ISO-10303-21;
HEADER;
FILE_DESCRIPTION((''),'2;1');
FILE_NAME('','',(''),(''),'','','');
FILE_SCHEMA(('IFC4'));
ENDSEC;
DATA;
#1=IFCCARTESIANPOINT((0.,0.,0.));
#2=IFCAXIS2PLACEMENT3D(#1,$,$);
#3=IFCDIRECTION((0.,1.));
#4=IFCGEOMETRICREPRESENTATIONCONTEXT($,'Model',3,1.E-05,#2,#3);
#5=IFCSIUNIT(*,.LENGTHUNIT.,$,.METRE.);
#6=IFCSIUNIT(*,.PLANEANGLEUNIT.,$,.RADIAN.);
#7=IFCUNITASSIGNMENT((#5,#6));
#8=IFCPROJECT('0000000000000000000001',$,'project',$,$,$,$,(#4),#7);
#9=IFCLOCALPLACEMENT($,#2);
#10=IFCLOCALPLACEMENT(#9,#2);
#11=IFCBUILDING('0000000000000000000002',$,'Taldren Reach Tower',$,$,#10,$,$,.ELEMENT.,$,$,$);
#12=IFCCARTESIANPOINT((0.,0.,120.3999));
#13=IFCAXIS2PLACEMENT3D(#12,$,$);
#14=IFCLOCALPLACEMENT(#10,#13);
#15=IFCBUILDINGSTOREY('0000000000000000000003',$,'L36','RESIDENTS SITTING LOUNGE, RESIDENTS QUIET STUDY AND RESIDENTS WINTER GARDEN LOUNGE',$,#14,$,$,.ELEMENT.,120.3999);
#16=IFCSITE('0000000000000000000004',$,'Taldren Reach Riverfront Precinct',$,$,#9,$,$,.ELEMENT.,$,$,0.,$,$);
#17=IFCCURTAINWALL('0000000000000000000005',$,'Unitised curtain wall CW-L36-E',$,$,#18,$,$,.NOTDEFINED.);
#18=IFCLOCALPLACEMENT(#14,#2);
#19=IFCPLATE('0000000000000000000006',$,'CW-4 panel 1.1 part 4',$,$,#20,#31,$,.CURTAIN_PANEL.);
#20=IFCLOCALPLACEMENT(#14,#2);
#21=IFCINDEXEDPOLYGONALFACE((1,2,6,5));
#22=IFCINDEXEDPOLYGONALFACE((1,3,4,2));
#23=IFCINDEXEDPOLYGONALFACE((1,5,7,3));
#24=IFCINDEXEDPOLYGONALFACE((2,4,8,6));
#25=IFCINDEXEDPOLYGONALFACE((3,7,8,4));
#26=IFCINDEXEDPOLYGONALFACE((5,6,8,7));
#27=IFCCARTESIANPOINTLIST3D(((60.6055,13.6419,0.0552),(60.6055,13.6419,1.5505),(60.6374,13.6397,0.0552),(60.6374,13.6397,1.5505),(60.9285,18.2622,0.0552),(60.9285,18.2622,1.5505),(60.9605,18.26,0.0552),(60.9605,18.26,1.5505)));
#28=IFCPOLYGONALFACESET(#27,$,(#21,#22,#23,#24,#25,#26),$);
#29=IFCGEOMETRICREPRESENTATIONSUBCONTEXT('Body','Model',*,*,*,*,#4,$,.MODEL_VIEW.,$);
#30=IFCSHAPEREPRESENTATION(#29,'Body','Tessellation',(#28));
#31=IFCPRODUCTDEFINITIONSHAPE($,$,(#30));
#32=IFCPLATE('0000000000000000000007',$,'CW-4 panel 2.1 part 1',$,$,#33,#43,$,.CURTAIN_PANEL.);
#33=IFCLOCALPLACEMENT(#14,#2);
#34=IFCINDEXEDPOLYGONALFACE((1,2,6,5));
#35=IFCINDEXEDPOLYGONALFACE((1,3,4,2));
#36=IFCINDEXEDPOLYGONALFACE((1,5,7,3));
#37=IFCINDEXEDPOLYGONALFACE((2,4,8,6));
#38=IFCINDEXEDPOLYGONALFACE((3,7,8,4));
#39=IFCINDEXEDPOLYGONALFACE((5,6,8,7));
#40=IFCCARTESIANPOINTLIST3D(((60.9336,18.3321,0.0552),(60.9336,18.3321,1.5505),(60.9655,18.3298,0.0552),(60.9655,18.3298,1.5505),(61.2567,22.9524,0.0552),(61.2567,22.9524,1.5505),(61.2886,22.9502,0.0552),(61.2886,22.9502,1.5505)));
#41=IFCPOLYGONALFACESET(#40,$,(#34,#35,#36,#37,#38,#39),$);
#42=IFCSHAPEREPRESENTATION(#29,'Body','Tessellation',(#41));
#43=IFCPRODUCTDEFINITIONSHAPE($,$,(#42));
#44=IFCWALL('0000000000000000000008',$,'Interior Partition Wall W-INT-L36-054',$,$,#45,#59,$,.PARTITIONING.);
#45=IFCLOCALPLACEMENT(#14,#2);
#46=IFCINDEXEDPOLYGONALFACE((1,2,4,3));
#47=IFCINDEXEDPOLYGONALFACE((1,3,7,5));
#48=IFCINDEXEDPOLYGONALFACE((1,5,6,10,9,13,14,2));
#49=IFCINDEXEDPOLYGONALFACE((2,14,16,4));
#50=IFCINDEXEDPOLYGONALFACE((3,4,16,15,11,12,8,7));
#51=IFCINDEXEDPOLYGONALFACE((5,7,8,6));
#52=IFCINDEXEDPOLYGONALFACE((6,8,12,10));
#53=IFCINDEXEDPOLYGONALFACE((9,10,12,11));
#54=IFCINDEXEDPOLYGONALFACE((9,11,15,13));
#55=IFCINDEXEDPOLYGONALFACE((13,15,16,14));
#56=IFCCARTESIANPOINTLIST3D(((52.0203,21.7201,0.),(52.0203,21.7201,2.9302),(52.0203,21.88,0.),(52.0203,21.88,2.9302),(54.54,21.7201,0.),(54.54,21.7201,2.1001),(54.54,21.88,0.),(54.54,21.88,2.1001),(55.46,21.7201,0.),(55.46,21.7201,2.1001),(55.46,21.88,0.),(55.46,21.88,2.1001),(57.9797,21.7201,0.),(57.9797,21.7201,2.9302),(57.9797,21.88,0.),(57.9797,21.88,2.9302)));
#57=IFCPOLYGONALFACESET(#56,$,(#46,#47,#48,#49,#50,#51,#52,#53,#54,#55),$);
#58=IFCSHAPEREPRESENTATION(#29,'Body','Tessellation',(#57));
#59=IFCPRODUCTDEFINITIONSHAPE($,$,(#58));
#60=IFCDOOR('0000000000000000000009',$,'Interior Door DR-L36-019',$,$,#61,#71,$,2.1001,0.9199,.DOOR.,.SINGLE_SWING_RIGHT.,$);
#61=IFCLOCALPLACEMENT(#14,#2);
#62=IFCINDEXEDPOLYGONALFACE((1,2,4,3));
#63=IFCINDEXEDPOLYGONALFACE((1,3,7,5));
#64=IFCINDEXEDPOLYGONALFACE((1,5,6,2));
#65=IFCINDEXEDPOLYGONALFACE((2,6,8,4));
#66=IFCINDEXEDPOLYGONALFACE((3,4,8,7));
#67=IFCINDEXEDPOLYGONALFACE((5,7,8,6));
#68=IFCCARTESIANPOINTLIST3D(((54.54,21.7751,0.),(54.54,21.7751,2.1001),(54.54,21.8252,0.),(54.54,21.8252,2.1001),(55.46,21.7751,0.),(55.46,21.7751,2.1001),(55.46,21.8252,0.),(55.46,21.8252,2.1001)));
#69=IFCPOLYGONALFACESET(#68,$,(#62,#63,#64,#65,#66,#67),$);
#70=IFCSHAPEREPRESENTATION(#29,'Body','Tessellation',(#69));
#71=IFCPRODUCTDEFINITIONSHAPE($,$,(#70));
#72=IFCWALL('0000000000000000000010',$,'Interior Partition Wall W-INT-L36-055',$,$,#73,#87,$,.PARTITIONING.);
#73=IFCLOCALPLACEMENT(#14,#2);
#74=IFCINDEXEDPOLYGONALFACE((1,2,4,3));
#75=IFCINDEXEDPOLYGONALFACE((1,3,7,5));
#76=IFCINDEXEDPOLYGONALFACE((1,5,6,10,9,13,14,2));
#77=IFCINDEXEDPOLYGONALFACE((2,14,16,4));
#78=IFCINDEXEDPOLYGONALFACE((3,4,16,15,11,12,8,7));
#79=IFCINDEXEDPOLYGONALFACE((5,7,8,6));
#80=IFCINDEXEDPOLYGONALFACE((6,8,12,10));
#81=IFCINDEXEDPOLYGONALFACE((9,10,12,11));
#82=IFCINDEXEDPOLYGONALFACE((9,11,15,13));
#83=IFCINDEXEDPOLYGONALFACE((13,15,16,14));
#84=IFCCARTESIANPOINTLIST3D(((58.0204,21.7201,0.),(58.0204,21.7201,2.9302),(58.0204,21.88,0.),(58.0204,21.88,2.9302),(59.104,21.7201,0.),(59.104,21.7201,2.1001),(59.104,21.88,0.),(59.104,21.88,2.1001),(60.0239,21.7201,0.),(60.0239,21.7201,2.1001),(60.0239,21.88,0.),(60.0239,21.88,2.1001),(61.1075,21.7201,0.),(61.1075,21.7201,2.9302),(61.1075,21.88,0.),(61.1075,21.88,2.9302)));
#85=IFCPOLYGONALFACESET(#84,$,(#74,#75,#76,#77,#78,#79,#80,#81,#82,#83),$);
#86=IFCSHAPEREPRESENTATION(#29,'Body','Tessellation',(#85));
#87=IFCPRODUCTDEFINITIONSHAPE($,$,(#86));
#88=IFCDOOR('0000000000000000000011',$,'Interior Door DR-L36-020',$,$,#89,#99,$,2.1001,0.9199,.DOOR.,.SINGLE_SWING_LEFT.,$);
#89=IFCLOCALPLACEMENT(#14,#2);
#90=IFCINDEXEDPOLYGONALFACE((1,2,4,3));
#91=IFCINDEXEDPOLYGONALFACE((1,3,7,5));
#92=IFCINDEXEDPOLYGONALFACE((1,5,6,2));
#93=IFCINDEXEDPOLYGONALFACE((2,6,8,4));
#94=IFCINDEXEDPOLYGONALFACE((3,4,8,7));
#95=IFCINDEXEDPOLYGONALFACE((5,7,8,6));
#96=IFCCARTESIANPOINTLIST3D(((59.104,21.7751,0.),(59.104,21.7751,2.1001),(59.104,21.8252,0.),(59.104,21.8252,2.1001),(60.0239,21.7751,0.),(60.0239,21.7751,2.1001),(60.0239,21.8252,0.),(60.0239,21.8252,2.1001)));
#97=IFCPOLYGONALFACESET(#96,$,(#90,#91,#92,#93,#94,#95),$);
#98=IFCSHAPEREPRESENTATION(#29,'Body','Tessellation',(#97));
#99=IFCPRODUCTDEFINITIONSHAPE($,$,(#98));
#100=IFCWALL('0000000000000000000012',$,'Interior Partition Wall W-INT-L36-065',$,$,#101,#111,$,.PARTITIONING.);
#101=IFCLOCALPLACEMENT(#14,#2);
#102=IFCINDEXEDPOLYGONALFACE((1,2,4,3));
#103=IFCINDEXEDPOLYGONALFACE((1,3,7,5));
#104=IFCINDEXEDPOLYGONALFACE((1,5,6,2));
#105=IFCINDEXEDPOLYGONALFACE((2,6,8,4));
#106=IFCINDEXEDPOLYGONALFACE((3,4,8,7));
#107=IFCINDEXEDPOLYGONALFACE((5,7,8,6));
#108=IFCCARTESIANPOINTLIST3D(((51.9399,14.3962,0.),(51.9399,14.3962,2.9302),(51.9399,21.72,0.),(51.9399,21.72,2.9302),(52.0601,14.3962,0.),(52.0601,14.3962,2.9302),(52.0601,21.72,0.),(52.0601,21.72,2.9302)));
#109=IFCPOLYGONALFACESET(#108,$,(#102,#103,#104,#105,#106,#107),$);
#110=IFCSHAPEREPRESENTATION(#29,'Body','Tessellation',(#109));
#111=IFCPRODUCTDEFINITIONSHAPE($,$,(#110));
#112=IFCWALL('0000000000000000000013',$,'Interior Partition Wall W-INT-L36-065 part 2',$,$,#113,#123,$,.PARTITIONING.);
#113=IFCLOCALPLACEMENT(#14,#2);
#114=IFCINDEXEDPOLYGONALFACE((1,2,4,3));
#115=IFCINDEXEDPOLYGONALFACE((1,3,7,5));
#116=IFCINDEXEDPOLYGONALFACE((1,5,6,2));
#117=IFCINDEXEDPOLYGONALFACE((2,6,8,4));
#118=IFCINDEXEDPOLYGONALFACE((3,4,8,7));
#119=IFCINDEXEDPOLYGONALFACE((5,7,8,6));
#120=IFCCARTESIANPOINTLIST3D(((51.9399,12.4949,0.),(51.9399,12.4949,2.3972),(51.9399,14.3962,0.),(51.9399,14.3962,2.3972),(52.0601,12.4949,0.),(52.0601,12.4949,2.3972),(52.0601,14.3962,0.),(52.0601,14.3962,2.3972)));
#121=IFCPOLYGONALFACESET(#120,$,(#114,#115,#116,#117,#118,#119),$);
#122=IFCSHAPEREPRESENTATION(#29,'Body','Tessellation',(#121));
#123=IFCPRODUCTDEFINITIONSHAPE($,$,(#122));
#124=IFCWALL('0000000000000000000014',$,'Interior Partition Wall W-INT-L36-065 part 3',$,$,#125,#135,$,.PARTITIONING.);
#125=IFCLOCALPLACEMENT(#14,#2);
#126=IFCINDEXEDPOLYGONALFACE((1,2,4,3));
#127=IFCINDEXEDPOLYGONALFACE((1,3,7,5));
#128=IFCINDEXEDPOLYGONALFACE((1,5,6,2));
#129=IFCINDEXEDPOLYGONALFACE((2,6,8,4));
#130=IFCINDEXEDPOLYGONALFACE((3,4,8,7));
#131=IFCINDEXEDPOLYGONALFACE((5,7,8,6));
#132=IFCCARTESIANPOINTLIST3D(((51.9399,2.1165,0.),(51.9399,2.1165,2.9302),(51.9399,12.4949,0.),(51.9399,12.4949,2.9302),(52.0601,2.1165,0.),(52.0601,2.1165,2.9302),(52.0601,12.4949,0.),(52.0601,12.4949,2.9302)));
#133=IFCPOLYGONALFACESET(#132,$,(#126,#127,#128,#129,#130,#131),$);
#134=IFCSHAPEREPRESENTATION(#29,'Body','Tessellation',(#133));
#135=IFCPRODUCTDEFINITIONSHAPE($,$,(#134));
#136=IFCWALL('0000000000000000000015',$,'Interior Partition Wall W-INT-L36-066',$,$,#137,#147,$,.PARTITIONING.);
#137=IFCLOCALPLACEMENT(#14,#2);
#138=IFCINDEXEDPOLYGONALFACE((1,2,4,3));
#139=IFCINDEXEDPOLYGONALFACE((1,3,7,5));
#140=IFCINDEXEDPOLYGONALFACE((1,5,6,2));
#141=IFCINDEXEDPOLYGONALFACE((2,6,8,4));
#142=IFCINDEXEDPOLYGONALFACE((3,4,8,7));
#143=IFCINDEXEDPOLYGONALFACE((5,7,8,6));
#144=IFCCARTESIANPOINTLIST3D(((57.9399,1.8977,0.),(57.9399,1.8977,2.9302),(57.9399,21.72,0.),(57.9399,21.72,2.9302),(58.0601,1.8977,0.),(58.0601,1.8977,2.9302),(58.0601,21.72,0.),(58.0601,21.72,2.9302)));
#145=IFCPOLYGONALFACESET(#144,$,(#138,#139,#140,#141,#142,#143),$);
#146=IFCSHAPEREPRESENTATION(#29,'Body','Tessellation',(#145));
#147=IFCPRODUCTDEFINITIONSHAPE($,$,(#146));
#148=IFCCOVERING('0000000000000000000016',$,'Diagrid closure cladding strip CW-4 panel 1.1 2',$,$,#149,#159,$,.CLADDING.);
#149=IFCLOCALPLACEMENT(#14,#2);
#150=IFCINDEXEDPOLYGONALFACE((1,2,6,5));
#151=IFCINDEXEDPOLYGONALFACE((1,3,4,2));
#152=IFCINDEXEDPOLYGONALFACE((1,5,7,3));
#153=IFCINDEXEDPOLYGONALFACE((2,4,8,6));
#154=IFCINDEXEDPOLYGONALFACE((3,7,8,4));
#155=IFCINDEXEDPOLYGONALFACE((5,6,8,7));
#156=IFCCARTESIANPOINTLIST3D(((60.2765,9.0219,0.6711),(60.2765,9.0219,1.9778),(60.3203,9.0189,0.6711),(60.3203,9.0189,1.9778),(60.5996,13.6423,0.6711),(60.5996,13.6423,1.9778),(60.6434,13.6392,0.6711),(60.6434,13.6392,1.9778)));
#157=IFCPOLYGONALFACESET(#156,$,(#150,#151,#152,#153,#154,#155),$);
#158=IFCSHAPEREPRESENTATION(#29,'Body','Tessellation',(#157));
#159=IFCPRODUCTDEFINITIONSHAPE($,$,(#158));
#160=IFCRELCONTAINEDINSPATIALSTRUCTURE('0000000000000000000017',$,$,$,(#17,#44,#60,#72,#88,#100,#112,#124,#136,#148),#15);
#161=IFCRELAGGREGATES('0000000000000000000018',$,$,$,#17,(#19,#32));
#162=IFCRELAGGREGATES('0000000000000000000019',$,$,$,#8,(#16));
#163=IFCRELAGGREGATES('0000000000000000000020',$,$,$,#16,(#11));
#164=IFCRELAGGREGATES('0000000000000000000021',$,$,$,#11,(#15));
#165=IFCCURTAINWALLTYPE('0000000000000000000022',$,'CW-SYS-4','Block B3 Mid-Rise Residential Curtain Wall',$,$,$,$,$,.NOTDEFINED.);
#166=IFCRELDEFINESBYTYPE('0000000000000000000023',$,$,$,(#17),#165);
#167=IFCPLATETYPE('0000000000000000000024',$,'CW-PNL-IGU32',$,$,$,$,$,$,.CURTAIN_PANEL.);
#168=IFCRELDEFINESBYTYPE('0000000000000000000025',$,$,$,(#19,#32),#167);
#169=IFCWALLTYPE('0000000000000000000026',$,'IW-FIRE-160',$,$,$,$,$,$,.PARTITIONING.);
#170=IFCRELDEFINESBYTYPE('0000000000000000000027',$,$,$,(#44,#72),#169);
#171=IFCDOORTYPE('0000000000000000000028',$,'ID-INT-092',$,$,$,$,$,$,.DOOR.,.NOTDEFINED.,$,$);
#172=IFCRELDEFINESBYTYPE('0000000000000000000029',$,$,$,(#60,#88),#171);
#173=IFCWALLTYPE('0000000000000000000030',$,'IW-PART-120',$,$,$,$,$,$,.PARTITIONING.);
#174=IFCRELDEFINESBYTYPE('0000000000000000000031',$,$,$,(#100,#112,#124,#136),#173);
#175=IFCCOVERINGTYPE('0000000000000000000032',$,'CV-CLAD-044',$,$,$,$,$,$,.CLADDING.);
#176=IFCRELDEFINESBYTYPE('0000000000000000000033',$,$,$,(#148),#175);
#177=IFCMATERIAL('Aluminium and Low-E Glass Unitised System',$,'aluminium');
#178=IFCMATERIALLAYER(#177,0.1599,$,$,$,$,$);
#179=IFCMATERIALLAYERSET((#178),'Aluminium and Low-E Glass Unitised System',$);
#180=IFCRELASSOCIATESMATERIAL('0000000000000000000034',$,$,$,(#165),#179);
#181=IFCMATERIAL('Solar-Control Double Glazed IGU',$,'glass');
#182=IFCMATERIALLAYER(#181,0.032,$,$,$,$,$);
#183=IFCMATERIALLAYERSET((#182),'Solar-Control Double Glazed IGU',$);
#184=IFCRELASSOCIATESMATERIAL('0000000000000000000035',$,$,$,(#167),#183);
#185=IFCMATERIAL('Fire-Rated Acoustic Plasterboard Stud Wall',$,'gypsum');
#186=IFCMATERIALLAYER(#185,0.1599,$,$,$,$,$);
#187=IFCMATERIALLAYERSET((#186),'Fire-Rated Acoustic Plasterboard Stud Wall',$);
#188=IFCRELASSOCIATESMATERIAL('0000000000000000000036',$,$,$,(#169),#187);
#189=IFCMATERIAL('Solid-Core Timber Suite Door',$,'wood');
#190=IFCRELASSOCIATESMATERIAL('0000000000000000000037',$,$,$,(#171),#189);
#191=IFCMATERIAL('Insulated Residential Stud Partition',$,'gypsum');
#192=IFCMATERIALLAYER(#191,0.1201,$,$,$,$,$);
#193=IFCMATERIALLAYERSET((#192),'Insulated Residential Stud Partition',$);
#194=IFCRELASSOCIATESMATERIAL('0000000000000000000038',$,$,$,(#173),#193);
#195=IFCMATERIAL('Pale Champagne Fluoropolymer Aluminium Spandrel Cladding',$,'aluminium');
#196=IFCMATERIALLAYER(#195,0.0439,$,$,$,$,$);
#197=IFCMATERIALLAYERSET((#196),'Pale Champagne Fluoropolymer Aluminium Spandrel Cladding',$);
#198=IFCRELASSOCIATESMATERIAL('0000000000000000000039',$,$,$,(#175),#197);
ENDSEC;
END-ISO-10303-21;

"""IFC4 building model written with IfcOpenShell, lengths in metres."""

from ifc_helpers import new_model, si_unit, direction, frame, frame_2d, origin, origin_2d, place, context, subcontext, project, spatial, rectangle, extrude, source, transform, mapped, material, layer, layer_set, type_object, element, fill, aggregate, save


model = new_model("IFC4")

# Units and contexts
model_context = context("Model", 3, precision=1e-05, world=origin(), true_north=direction((0.0, 1.0)))
body_context = subcontext(model_context, "Body", "Model", "MODEL_VIEW")
ifc_project = project(units=[si_unit("LENGTHUNIT", "METRE"), si_unit("PLANEANGLEUNIT", "RADIAN")], contexts=[model_context])

# Site, building, storey
site_placement = place(None, origin())
site = spatial("IfcSite", under=ifc_project, at=site_placement, Name="Taldren Reach Riverfront Precinct", CompositionType="ELEMENT", RefElevation=0.0)
building_placement = place(site_placement, origin())
building = spatial("IfcBuilding", under=site, at=building_placement, Name="Taldren Reach Tower", CompositionType="ELEMENT")
storey_placement = place(building_placement, frame((0.0, 0.0, 120.3999)))
storey = spatial("IfcBuildingStorey", under=building, at=storey_placement, Name="L36", Description="RESIDENTS SITTING LOUNGE, RESIDENTS QUIET STUDY AND RESIDENTS WINTER GARDEN LOUNGE", CompositionType="ELEMENT", Elevation=120.3999)

# Curtain wall
ifc_material_1 = material(Name="Aluminium and Low-E Glass Unitised System", Category="aluminium")
ifc_layer_1 = layer(ifc_material_1, 0.1599)
ifc_layer_set_1 = layer_set([ifc_layer_1], Name="Aluminium and Low-E Glass Unitised System")
curtain_wall_type = type_object("IfcCurtainWallType", Name="CW-SYS-4", Description="Block B3 Mid-Rise Residential Curtain Wall", PredefinedType="NOTDEFINED", material=ifc_layer_set_1)
curtain_wall_placement = place(storey_placement, origin())
curtain_wall = element("IfcCurtainWall", 1, at=curtain_wall_placement, inside=storey, type_object=curtain_wall_type, Name="Unitised curtain wall CW-L36-E", PredefinedType="NOTDEFINED")

# Plates
ifc_material_2 = material(Name="Solar-Control Double Glazed IGU", Category="glass")
ifc_layer_2 = layer(ifc_material_2, 0.032)
ifc_layer_set_2 = layer_set([ifc_layer_2], Name="Solar-Control Double Glazed IGU")
plate_type_1 = type_object("IfcPlateType", Name="CW-PNL-IGU32", PredefinedType="CURTAIN_PANEL", material=ifc_layer_set_2)
shared_shape_1 = source(origin(), body_context, "Body", "SweptSolid", [
    extrude(rectangle(XDim=4.6316, YDim=0.032, at=origin_2d()), origin(), (0.0, 0.0, 1.0), 1.4954),
])
plate_1_placement = place(storey_placement, frame((60.783, 15.9509, 0.0552), z_axis=(0.0, 0.0, 1.0), x_axis=(0.069756, 0.997564, 0.0)))
plate_1 = element("IfcPlate", 2, at=plate_1_placement, type_object=plate_type_1, Name="CW-4 panel 1.1 part 4", PredefinedType="CURTAIN_PANEL", context=body_context, shape_type="MappedRepresentation", body=[
    mapped(shared_shape_1, transform((0.0, 0.0, 0.0), scale=1.0)),
])
plate_2_placement = place(storey_placement, frame((61.1111, 20.6411, 0.0552), z_axis=(0.0, 0.0, 1.0), x_axis=(0.069756, 0.997564, 0.0)))
plate_2 = element("IfcPlate", 3, at=plate_2_placement, type_object=plate_type_1, Name="CW-4 panel 2.1 part 1", PredefinedType="CURTAIN_PANEL", context=body_context, shape_type="MappedRepresentation", body=[
    mapped(shared_shape_1, transform((0.0, 0.0, 0.0), scale=1.0)),
])
aggregate(curtain_wall, [plate_1, plate_2])

# Walls, openings, doors
ifc_material_3 = material(Name="Fire-Rated Acoustic Plasterboard Stud Wall", Category="gypsum")
ifc_layer_3 = layer(ifc_material_3, 0.1599)
ifc_layer_set_3 = layer_set([ifc_layer_3], Name="Fire-Rated Acoustic Plasterboard Stud Wall")
wall_type_1 = type_object("IfcWallType", Name="IW-FIRE-160", PredefinedType="PARTITIONING", material=ifc_layer_set_3)
shared_shape_2 = source(origin(), body_context, "Body", "SweptSolid", [
    extrude(rectangle(XDim=5.9595, YDim=0.1599, at=frame_2d((2.9797, 0.0))), origin(), (0.0, 0.0, 1.0), 2.9302),
])
wall_1_placement = place(storey_placement, frame((57.9797, 21.8, 0.0), z_axis=(0.0, 0.0, 1.0), x_axis=(-1.0, 0.0, 0.0)))
wall_1 = element("IfcWall", 4, at=wall_1_placement, inside=storey, type_object=wall_type_1, Name="Interior Partition Wall W-INT-L36-054", PredefinedType="PARTITIONING", context=body_context, shape_type="MappedRepresentation", body=[
    mapped(shared_shape_2, transform((0.0, 0.0, 0.0), scale=1.0)),
])
shared_shape_3 = source(origin(), body_context, "Body", "SweptSolid", [
    extrude(rectangle(XDim=0.9199, YDim=2.1001, at=frame_2d((0.46, 1.05))), frame((0.0, 0.0898, 0.0), z_axis=(0.0, -1.0, 0.0), x_axis=(1.0, 0.0, 0.0)), (0.0, 0.0, 1.0), 0.1799),
])
opening_1_placement = place(wall_1_placement, frame((2.5198, 0.0, 0.0)))
opening_1 = element("IfcOpeningElement", 5, at=opening_1_placement, cuts=wall_1, PredefinedType="OPENING", context=body_context, shape_type="MappedRepresentation", body=[
    mapped(shared_shape_3, transform((0.0, 0.0, 0.0), scale=1.0)),
])
ifc_material_4 = material(Name="Solid-Core Timber Suite Door", Category="wood")
door_type = type_object("IfcDoorType", Name="ID-INT-092", OperationType="NOTDEFINED", PredefinedType="DOOR", material=ifc_material_4)
shared_shape_4 = source(origin(), body_context, "Body", "SweptSolid", [
    extrude(rectangle(XDim=0.9199, YDim=2.1001, at=frame_2d((0.46, 1.05))), frame((0.0, 0.0249, 0.0), z_axis=(0.0, -1.0, 0.0), x_axis=(1.0, 0.0, 0.0)), (0.0, 0.0, 1.0), 0.05),
])
door_1_placement = place(opening_1_placement, origin())
door_1 = element("IfcDoor", 6, at=door_1_placement, inside=storey, type_object=door_type, Name="Interior Door DR-L36-019", OperationType="SINGLE_SWING_RIGHT", OverallHeight=2.1001, OverallWidth=0.9199, PredefinedType="DOOR", context=body_context, shape_type="MappedRepresentation", body=[
    mapped(shared_shape_4, transform((0.0, 0.0, 0.0), scale=1.0)),
])
fill(opening_1, door_1)
shared_shape_5 = source(origin(), body_context, "Body", "SweptSolid", [
    extrude(rectangle(XDim=3.0872, YDim=0.1599, at=frame_2d((1.5435, 0.0))), origin(), (0.0, 0.0, 1.0), 2.9302),
])
wall_2_placement = place(storey_placement, frame((61.1074, 21.8, 0.0), z_axis=(0.0, 0.0, 1.0), x_axis=(-1.0, 0.0, 0.0)))
wall_2 = element("IfcWall", 7, at=wall_2_placement, inside=storey, type_object=wall_type_1, Name="Interior Partition Wall W-INT-L36-055", PredefinedType="PARTITIONING", context=body_context, shape_type="MappedRepresentation", body=[
    mapped(shared_shape_5, transform((0.0, 0.0, 0.0), scale=1.0)),
])
opening_2_placement = place(wall_2_placement, frame((1.0835, 0.0, 0.0)))
opening_2 = element("IfcOpeningElement", 8, at=opening_2_placement, cuts=wall_2, PredefinedType="OPENING", context=body_context, shape_type="MappedRepresentation", body=[
    mapped(shared_shape_3, transform((0.0, 0.0, 0.0), scale=1.0)),
])
door_2_placement = place(opening_2_placement, origin())
door_2 = element("IfcDoor", 9, at=door_2_placement, inside=storey, type_object=door_type, Name="Interior Door DR-L36-020", OperationType="SINGLE_SWING_LEFT", OverallHeight=2.1001, OverallWidth=0.9199, PredefinedType="DOOR", context=body_context, shape_type="MappedRepresentation", body=[
    mapped(shared_shape_4, transform((0.0, 0.0, 0.0), scale=1.0)),
])
fill(opening_2, door_2)

# Walls
ifc_material_5 = material(Name="Insulated Residential Stud Partition", Category="gypsum")
ifc_layer_4 = layer(ifc_material_5, 0.1201)
ifc_layer_set_4 = layer_set([ifc_layer_4], Name="Insulated Residential Stud Partition")
wall_type_2 = type_object("IfcWallType", Name="IW-PART-120", PredefinedType="PARTITIONING", material=ifc_layer_set_4)
shared_shape_6 = source(origin(), body_context, "Body", "SweptSolid", [
    extrude(rectangle(XDim=7.3237, YDim=0.1201, at=frame_2d((3.6619, 0.0))), origin(), (0.0, 0.0, 1.0), 2.9302),
])
wall_3_placement = place(storey_placement, frame((52.0, 21.72, 0.0), z_axis=(0.0, 0.0, 1.0), x_axis=(0.0, -1.0, 0.0)))
element("IfcWall", 10, at=wall_3_placement, inside=storey, type_object=wall_type_2, Name="Interior Partition Wall W-INT-L36-065", PredefinedType="PARTITIONING", context=body_context, shape_type="MappedRepresentation", body=[
    mapped(shared_shape_6, transform((0.0, 0.0, 0.0), scale=1.0)),
])
shared_shape_7 = source(origin(), body_context, "Body", "SweptSolid", [
    extrude(rectangle(XDim=1.9014, YDim=0.1201, at=frame_2d((0.9507, 0.0))), origin(), (0.0, 0.0, 1.0), 2.3972),
])
wall_4_placement = place(storey_placement, frame((52.0, 14.3962, 0.0), z_axis=(0.0, 0.0, 1.0), x_axis=(0.0, -1.0, 0.0)))
element("IfcWall", 11, at=wall_4_placement, inside=storey, type_object=wall_type_2, Name="Interior Partition Wall W-INT-L36-065 part 2", PredefinedType="PARTITIONING", context=body_context, shape_type="MappedRepresentation", body=[
    mapped(shared_shape_7, transform((0.0, 0.0, 0.0), scale=1.0)),
])
shared_shape_8 = source(origin(), body_context, "Body", "SweptSolid", [
    extrude(rectangle(XDim=10.3784, YDim=0.1201, at=frame_2d((5.1892, 0.0))), origin(), (0.0, 0.0, 1.0), 2.9302),
])
wall_5_placement = place(storey_placement, frame((52.0, 12.4949, 0.0), z_axis=(0.0, 0.0, 1.0), x_axis=(0.0, -1.0, 0.0)))
element("IfcWall", 12, at=wall_5_placement, inside=storey, type_object=wall_type_2, Name="Interior Partition Wall W-INT-L36-065 part 3", PredefinedType="PARTITIONING", context=body_context, shape_type="MappedRepresentation", body=[
    mapped(shared_shape_8, transform((0.0, 0.0, 0.0), scale=1.0)),
])
shared_shape_9 = source(origin(), body_context, "Body", "SweptSolid", [
    extrude(rectangle(XDim=19.8223, YDim=0.1201, at=frame_2d((9.9111, 0.0))), origin(), (0.0, 0.0, 1.0), 2.9302),
])
wall_6_placement = place(storey_placement, frame((58.0, 21.72, 0.0), z_axis=(0.0, 0.0, 1.0), x_axis=(0.0, -1.0, 0.0)))
element("IfcWall", 13, at=wall_6_placement, inside=storey, type_object=wall_type_2, Name="Interior Partition Wall W-INT-L36-066", PredefinedType="PARTITIONING", context=body_context, shape_type="MappedRepresentation", body=[
    mapped(shared_shape_9, transform((0.0, 0.0, 0.0), scale=1.0)),
])

# Covering
ifc_material_6 = material(Name="Pale Champagne Fluoropolymer Aluminium Spandrel Cladding", Category="aluminium")
ifc_layer_5 = layer(ifc_material_6, 0.0439)
ifc_layer_set_5 = layer_set([ifc_layer_5], Name="Pale Champagne Fluoropolymer Aluminium Spandrel Cladding")
covering_type = type_object("IfcCoveringType", Name="CV-CLAD-044", PredefinedType="CLADDING", material=ifc_layer_set_5)
shared_shape_10 = source(origin(), body_context, "Body", "SweptSolid", [
    extrude(rectangle(XDim=4.6316, YDim=0.0439, at=origin_2d()), origin(), (0.0, 0.0, 1.0), 1.3066),
])
covering_placement = place(storey_placement, frame((60.46, 11.3306, 0.6711), z_axis=(0.0, 0.0, 1.0), x_axis=(0.069756, 0.997564, 0.0)))
element("IfcCovering", 14, at=covering_placement, inside=storey, type_object=covering_type, Name="Diagrid closure cladding strip CW-4 panel 1.1 2", PredefinedType="CLADDING", context=body_context, shape_type="MappedRepresentation", body=[
    mapped(shared_shape_10, transform((0.0, 0.0, 0.0), scale=1.0)),
])

save(model, "model.ifc")
